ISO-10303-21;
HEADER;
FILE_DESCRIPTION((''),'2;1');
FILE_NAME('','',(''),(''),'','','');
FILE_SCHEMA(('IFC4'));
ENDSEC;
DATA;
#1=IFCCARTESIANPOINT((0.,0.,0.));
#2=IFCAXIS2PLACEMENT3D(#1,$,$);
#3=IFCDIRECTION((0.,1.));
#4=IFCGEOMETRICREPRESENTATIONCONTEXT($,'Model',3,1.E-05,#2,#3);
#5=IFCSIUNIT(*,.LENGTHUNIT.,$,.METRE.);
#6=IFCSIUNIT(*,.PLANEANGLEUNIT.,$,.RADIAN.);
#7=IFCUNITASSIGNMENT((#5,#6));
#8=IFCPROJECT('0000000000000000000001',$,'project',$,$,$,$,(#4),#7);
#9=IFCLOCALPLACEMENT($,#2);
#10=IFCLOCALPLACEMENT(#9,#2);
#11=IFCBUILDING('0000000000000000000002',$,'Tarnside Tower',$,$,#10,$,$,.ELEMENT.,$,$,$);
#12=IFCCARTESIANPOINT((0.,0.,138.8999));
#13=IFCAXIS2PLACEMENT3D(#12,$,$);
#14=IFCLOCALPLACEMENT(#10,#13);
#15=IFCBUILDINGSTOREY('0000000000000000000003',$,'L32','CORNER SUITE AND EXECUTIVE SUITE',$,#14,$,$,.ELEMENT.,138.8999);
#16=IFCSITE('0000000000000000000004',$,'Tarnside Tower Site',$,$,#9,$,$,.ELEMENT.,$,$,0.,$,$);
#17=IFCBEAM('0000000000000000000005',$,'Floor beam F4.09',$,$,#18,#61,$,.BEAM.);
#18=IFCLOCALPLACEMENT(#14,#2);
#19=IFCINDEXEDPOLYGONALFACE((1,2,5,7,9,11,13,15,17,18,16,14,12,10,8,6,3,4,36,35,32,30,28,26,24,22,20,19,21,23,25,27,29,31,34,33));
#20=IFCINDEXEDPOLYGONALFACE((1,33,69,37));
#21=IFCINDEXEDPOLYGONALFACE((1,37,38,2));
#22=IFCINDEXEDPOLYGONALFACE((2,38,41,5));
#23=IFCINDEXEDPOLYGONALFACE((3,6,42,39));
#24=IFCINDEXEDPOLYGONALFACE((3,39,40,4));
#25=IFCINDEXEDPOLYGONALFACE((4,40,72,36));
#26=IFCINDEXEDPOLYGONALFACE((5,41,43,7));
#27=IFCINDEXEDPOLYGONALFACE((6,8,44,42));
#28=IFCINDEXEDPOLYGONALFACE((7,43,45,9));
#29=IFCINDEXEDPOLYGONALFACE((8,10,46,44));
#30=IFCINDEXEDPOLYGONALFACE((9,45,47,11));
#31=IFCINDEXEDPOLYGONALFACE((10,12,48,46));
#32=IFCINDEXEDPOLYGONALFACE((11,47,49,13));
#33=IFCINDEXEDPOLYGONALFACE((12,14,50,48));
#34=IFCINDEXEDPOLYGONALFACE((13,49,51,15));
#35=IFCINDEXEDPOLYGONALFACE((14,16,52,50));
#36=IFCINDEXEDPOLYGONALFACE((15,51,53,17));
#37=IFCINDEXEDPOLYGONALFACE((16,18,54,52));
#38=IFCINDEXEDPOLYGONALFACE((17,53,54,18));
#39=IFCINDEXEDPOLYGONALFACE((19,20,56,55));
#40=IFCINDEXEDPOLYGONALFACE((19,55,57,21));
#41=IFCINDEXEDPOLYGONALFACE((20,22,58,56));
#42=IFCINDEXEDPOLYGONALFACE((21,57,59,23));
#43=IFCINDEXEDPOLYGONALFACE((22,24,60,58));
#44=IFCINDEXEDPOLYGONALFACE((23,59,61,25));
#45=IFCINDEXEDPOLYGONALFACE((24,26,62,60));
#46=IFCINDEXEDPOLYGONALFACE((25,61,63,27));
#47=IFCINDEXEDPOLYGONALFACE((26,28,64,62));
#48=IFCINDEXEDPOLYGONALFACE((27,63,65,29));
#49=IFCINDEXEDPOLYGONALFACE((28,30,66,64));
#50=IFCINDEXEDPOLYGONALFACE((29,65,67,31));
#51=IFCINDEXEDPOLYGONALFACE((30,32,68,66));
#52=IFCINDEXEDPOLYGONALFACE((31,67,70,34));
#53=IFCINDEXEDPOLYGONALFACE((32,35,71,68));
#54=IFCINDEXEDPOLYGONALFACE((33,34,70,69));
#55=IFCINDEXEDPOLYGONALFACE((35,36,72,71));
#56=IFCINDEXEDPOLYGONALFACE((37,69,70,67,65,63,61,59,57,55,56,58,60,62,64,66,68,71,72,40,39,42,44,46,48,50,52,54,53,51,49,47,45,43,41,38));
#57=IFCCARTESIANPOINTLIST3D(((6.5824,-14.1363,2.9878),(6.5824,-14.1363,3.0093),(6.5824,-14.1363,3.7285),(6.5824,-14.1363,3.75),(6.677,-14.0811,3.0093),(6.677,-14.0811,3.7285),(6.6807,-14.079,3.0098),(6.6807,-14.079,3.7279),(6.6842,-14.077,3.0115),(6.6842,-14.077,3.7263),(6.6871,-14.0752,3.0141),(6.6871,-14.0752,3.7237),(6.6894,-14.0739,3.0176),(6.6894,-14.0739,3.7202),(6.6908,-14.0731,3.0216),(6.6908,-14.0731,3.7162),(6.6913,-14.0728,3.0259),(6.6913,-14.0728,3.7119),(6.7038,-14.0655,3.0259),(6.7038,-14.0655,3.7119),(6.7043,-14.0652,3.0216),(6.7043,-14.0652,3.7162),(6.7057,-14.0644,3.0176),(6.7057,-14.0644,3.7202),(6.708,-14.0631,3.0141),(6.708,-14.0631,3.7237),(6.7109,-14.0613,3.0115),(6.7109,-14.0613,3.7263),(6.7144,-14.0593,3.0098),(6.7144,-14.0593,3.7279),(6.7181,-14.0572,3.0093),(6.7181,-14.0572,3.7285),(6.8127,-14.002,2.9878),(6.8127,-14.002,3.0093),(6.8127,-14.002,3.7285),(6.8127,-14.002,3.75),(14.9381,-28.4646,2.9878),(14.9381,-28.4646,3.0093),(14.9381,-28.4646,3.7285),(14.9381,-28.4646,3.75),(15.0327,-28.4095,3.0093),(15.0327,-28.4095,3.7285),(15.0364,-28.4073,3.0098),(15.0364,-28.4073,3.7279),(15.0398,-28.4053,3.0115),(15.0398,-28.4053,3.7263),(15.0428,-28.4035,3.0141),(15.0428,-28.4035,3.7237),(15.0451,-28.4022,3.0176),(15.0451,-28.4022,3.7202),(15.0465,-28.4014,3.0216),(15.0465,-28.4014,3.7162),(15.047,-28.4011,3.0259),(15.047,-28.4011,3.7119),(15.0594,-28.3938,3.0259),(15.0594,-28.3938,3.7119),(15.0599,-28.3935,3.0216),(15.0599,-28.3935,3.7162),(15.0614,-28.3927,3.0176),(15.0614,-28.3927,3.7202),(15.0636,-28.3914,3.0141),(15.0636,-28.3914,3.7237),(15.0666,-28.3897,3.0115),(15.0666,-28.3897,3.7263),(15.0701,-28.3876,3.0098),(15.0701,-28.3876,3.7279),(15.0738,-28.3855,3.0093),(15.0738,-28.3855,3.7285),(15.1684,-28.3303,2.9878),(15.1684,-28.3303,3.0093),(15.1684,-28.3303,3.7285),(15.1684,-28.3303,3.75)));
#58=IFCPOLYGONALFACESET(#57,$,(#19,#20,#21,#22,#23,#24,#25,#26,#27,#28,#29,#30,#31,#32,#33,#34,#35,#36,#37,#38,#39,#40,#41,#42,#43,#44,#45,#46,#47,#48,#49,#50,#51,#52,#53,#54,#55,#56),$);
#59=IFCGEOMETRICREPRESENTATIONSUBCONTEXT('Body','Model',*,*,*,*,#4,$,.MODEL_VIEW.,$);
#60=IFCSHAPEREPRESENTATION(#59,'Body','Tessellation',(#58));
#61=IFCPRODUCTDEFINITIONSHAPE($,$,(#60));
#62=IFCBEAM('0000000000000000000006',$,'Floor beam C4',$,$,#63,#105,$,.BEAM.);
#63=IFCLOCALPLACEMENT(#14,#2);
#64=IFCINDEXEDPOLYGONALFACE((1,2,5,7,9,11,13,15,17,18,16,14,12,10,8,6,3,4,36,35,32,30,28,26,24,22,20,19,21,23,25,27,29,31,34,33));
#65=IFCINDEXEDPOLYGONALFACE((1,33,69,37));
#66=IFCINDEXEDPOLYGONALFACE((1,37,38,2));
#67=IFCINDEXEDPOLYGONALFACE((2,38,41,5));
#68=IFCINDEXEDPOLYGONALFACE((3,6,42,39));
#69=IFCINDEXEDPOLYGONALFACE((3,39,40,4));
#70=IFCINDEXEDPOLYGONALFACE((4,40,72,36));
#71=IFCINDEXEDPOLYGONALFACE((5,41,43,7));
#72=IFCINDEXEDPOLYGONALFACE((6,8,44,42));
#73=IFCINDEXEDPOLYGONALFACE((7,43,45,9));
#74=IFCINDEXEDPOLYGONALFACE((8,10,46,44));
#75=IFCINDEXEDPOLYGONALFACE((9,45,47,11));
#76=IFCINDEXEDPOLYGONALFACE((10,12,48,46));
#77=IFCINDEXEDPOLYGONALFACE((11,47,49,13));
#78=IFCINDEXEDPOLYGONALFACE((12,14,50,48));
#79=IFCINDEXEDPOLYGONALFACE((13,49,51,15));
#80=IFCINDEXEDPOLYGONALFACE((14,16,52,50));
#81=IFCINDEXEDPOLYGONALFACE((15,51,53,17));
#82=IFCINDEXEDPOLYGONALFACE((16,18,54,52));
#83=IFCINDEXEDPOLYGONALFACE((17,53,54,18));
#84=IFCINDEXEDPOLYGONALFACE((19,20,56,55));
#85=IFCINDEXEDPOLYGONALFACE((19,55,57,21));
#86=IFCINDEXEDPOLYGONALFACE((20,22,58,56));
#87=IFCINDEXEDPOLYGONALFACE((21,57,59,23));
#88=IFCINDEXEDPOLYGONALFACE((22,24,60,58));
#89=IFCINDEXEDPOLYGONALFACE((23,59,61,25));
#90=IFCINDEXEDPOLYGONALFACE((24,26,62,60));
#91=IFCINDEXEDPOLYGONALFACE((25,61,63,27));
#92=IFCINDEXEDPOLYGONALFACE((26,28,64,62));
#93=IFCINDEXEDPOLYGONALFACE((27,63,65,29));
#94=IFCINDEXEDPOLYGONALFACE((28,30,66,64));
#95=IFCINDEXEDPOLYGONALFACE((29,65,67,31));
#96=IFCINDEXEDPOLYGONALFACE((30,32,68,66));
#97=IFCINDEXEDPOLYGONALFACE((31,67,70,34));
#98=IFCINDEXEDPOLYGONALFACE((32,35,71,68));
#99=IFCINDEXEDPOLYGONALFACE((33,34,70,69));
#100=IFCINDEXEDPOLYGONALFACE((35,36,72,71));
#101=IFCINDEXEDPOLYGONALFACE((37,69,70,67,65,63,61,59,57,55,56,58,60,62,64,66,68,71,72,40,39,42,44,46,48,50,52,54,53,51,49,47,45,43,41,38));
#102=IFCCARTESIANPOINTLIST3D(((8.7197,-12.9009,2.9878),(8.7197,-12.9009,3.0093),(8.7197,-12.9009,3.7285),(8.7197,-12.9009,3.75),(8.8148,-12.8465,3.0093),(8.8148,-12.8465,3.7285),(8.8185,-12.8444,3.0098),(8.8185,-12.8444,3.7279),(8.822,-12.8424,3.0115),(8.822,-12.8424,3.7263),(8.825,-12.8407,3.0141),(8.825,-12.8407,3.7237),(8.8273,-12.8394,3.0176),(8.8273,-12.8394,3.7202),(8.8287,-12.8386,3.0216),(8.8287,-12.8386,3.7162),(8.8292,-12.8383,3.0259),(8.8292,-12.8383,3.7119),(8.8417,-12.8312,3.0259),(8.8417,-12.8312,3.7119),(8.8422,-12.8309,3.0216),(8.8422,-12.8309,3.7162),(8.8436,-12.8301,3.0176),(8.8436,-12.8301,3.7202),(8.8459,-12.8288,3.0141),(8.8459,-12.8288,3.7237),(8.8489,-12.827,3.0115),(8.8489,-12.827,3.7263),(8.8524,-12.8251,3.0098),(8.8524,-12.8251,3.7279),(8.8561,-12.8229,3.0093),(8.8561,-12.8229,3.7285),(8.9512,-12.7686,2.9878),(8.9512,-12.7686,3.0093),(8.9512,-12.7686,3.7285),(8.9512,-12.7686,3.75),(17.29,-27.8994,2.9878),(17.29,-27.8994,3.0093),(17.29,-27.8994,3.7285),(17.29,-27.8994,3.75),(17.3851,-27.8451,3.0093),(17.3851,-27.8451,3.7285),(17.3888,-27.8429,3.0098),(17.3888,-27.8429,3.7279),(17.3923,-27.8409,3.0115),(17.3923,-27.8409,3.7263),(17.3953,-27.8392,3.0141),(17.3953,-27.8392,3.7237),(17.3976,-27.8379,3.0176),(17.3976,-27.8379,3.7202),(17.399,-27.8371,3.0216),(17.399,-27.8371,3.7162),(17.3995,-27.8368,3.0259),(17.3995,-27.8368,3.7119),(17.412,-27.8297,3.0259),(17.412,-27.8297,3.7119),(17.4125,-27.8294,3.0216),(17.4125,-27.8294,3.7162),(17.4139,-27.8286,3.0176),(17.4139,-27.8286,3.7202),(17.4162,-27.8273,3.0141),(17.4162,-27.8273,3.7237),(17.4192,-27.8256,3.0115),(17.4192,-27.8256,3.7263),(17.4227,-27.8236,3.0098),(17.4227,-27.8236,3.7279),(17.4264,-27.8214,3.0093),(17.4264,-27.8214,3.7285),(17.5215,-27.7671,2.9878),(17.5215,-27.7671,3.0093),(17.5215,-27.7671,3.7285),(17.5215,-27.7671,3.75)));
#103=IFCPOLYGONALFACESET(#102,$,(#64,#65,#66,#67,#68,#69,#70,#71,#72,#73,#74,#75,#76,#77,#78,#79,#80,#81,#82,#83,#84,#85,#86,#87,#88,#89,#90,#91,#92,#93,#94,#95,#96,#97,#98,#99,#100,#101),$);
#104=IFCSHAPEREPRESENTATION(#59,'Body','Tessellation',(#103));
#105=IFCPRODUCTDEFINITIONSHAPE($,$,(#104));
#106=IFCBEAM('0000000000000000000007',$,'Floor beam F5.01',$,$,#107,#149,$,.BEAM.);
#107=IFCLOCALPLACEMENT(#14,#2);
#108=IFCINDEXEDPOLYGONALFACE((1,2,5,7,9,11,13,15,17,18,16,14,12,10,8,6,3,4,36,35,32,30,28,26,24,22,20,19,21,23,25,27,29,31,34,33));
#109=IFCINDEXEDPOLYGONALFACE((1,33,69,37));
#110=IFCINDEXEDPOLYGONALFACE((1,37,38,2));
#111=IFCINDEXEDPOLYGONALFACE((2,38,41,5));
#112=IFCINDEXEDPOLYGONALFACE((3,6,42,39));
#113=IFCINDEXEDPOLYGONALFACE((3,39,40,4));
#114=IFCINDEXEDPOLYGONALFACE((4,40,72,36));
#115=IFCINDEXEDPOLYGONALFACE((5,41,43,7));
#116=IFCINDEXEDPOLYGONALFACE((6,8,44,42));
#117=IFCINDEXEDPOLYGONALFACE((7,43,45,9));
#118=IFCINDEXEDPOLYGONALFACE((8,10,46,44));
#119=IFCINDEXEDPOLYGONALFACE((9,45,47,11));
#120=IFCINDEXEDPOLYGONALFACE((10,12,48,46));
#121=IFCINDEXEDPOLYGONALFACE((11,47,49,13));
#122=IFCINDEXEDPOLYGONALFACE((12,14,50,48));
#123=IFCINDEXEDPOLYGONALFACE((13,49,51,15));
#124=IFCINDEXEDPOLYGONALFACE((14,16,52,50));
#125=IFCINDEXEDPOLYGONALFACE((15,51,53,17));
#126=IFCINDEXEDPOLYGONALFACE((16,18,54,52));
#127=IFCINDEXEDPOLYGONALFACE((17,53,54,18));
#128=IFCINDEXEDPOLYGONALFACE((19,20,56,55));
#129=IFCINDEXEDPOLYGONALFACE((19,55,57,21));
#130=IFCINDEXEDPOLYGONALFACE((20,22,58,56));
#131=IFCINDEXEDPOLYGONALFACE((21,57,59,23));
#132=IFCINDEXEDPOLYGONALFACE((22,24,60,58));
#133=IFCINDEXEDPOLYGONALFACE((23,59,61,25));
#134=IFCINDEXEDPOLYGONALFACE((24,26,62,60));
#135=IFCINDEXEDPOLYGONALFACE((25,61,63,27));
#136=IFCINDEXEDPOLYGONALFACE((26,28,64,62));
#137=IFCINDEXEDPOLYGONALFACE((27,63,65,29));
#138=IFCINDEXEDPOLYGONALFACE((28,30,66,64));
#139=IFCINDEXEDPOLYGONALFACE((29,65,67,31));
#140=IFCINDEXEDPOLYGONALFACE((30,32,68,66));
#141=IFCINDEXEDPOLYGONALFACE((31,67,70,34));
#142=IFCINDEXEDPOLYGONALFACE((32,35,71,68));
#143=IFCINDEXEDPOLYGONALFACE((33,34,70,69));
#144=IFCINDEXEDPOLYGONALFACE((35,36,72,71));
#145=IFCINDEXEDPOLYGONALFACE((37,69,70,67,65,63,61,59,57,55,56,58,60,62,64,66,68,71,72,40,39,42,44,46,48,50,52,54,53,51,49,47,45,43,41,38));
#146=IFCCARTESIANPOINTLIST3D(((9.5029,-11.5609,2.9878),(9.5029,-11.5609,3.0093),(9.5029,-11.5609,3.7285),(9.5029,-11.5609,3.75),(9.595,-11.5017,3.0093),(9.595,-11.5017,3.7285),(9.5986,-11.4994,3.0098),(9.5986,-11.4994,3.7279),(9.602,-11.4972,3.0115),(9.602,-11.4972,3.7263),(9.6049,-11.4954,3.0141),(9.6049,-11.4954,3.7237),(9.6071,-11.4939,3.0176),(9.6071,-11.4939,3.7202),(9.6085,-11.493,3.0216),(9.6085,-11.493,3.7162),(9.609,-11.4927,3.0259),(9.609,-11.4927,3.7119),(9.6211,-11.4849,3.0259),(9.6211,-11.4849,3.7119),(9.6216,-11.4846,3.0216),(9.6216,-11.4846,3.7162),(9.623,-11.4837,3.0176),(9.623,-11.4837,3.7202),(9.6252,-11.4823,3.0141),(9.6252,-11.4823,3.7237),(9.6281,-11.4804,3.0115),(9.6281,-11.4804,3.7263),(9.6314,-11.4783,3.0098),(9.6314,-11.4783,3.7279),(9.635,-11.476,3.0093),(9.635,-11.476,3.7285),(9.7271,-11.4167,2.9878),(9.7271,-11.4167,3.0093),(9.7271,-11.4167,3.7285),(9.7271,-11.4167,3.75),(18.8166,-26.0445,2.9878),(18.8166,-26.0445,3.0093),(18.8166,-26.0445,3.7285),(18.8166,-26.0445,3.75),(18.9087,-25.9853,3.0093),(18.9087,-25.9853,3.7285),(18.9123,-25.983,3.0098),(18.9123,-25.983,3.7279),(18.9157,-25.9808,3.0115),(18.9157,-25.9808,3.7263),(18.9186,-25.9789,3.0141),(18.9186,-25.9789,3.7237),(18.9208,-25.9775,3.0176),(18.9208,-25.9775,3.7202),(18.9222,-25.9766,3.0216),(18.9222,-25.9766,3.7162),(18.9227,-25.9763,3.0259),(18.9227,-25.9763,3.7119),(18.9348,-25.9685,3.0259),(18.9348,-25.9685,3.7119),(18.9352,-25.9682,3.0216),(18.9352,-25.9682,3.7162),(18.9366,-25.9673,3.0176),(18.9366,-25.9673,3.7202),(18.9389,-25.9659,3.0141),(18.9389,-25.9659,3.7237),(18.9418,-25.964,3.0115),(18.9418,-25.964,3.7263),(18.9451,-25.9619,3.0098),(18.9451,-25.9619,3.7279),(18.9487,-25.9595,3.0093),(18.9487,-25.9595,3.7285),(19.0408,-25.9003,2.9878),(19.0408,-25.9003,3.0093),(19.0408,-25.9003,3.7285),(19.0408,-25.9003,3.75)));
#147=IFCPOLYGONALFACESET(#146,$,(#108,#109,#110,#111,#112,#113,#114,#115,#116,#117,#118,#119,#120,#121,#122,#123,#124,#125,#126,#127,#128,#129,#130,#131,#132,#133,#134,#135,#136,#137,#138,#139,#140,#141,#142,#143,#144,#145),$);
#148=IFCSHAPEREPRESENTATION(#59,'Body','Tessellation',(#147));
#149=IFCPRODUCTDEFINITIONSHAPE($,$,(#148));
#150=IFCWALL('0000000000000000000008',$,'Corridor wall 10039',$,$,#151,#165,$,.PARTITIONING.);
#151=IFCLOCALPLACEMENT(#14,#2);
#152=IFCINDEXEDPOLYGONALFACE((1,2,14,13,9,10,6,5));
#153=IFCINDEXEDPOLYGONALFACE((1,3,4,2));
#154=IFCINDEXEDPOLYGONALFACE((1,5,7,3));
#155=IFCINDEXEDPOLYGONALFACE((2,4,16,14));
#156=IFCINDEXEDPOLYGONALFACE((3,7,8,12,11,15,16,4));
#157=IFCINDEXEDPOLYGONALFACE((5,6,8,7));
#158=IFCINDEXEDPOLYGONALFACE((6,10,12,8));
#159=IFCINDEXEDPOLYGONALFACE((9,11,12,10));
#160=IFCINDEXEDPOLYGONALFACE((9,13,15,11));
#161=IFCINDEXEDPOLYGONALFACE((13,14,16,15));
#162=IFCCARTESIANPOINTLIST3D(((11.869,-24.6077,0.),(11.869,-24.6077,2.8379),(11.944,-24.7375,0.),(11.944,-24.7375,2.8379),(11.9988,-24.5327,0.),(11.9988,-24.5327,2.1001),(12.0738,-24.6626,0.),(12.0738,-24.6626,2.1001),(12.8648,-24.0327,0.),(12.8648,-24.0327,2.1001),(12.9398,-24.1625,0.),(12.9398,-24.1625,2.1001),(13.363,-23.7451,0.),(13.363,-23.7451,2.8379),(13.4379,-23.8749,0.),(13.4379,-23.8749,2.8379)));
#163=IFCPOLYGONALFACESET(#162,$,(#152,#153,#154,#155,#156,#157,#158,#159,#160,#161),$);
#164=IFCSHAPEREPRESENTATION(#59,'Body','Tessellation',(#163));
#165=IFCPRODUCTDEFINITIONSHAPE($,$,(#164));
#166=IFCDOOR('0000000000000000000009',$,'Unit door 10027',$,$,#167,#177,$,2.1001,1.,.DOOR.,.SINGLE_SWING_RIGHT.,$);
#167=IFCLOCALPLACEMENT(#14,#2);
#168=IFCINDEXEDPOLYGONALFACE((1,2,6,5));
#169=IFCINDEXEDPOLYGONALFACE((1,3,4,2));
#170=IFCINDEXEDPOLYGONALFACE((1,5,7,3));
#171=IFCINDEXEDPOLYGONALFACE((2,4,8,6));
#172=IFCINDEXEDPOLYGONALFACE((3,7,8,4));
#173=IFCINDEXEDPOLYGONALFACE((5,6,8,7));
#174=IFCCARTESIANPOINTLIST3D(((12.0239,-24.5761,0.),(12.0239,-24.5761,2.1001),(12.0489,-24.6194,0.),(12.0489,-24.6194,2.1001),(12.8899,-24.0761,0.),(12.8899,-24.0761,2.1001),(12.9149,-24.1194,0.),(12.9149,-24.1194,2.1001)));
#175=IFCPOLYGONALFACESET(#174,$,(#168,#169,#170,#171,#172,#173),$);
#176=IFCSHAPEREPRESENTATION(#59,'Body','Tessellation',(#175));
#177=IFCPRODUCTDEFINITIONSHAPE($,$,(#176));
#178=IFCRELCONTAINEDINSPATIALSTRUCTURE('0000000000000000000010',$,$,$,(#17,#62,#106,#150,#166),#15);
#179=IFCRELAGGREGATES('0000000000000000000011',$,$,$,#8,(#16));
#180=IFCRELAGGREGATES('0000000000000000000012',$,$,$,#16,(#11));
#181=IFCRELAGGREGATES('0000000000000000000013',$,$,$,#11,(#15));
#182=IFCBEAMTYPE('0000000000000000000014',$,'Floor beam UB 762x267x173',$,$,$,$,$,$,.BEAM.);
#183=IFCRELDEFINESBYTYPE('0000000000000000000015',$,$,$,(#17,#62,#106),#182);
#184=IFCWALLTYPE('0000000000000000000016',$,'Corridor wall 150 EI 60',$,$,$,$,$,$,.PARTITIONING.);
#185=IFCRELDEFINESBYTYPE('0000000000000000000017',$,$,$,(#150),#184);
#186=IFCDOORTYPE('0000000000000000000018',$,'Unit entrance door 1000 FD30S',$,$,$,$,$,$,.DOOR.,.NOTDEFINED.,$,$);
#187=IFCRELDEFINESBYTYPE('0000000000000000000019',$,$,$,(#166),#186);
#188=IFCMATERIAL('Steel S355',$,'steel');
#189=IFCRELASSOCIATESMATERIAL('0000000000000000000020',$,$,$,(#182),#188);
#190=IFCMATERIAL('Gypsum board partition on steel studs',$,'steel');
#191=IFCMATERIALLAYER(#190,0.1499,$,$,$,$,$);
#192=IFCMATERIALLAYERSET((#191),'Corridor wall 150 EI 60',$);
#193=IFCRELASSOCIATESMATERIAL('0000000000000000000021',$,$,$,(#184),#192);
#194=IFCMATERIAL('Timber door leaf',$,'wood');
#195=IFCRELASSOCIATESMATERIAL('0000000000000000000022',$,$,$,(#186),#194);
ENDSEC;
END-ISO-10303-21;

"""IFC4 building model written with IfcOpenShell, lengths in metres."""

from ifc_helpers import new_model, si_unit, direction, frame, frame_2d, origin, origin_2d, place, context, subcontext, project, spatial, rectangle, i_section, extrude, material, layer, layer_set, material_profile, profile_set, type_object, element, fill, save


model = new_model("IFC4")

# Units and contexts
model_context = context("Model", 3, precision=1e-05, world=origin(), true_north=direction((0.0, 1.0)))
body_context = subcontext(model_context, "Body", "Model", "MODEL_VIEW")
ifc_project = project(units=[si_unit("LENGTHUNIT", "METRE"), si_unit("PLANEANGLEUNIT", "RADIAN")], contexts=[model_context])

# Site, building, storey
site_placement = place(None, origin())
site = spatial("IfcSite", under=ifc_project, at=site_placement, Name="Tarnside Tower Site", CompositionType="ELEMENT", RefElevation=0.0)
building_placement = place(site_placement, origin())
building = spatial("IfcBuilding", under=site, at=building_placement, Name="Tarnside Tower", CompositionType="ELEMENT")
storey_placement = place(building_placement, frame((0.0, 0.0, 138.8999)))
storey = spatial("IfcBuildingStorey", under=building, at=storey_placement, Name="L32", Description="CORNER SUITE AND EXECUTIVE SUITE", CompositionType="ELEMENT", Elevation=138.8999)

# Beams
ifc_material_1 = material(Name="Steel S355", Category="steel")
ifc_material_profile = material_profile(ifc_material_1, i_section(OverallWidth=0.2666, OverallDepth=0.7622, WebThickness=0.0144, FlangeThickness=0.0215, FilletRadius=0.0166, at=origin_2d()), Name="UB 762x267x173")
ifc_profile_set = profile_set([ifc_material_profile], Name="Steel S355")
beam_type = type_object("IfcBeamType", Name="Floor beam UB 762x267x173", PredefinedType="BEAM", material=ifc_profile_set)
beam_1_placement = place(storey_placement, frame((15.0532, -28.3975, 3.3689), z_axis=(-0.503758, 0.863845, 0.0), x_axis=(-0.863845, -0.503758, 0.0)))
element("IfcBeam", 1, at=beam_1_placement, inside=storey, type_object=beam_type, Name="Floor beam F4.09", PredefinedType="BEAM", context=body_context, shape_type="SweptSolid", body=[
    extrude(i_section(OverallWidth=0.2666, OverallDepth=0.7622, WebThickness=0.0144, FlangeThickness=0.0215, FilletRadius=0.0166, at=origin_2d()), origin(), (0.0, 0.0, 1.0), 16.5867),
])
beam_2_placement = place(storey_placement, frame((17.4058, -27.8333, 3.3689), z_axis=(-0.496127, 0.86825, 0.0), x_axis=(-0.86825, -0.496127, 0.0)))
element("IfcBeam", 2, at=beam_2_placement, inside=storey, type_object=beam_type, Name="Floor beam C4", PredefinedType="BEAM", context=body_context, shape_type="SweptSolid", body=[
    extrude(i_section(OverallWidth=0.2666, OverallDepth=0.7622, WebThickness=0.0144, FlangeThickness=0.0215, FilletRadius=0.0166, at=origin_2d()), origin(), (0.0, 0.0, 1.0), 17.2744),
])
beam_3_placement = place(storey_placement, frame((18.9287, -25.9724, 3.3689), z_axis=(-0.540873, 0.841104, 0.0), x_axis=(-0.841104, -0.540873, 0.0)))
element("IfcBeam", 3, at=beam_3_placement, inside=storey, type_object=beam_type, Name="Floor beam F5.01", PredefinedType="BEAM", context=body_context, shape_type="SweptSolid", body=[
    extrude(i_section(OverallWidth=0.2666, OverallDepth=0.7622, WebThickness=0.0144, FlangeThickness=0.0215, FilletRadius=0.0166, at=origin_2d()), origin(), (0.0, 0.0, 1.0), 17.2197),
])

# Wall, opening, door
ifc_material_2 = material(Name="Gypsum board partition on steel studs", Category="steel")
ifc_layer_1 = layer(ifc_material_2, 0.1499)
ifc_layer_set_1 = layer_set([ifc_layer_1], Name="Corridor wall 150 EI 60")
wall_type_1 = type_object("IfcWallType", Name="Corridor wall 150 EI 60", PredefinedType="PARTITIONING", material=ifc_layer_set_1)
wall_1_placement = place(storey_placement, frame((11.9065, -24.6726, 0.0), z_axis=(0.0, 0.0, 1.0), x_axis=(0.866014, 0.500021, 0.0)))
wall_1 = element("IfcWall", 4, at=wall_1_placement, inside=storey, type_object=wall_type_1, Name="Corridor wall 10039", PredefinedType="PARTITIONING", context=body_context, shape_type="SweptSolid", body=[
    extrude(rectangle(XDim=1.7251, YDim=0.1499, at=frame_2d((0.8625, 0.0))), origin(), (0.0, 0.0, 1.0), 2.8379),
])
opening_1_placement = place(wall_1_placement, frame((0.1499, 0.0, 0.0)))
opening_1 = element("IfcOpeningElement", 5, at=opening_1_placement, cuts=wall_1, PredefinedType="OPENING", context=body_context, shape_type="SweptSolid", body=[
    extrude(rectangle(XDim=1.0, YDim=2.1001, at=frame_2d((0.5, 1.05))), frame((0.0, 0.085, 0.0), z_axis=(0.0, -1.0, 0.0), x_axis=(1.0, 0.0, 0.0)), (0.0, 0.0, 1.0), 0.1699),
])
ifc_material_3 = material(Name="Timber door leaf", Category="wood")
door_type = type_object("IfcDoorType", Name="Unit entrance door 1000 FD30S", OperationType="NOTDEFINED", PredefinedType="DOOR", material=ifc_material_3)
door_placement = place(opening_1_placement, origin())
door = element("IfcDoor", 6, at=door_placement, inside=storey, type_object=door_type, Name="Unit door 10027", OperationType="SINGLE_SWING_RIGHT", OverallHeight=2.1001, OverallWidth=1.0, PredefinedType="DOOR", context=body_context, shape_type="SweptSolid", body=[
    extrude(rectangle(XDim=1.0, YDim=2.1001, at=frame_2d((0.5, 1.05))), frame((0.0, 0.0249, 0.0), z_axis=(0.0, -1.0, 0.0), x_axis=(1.0, 0.0, 0.0)), (0.0, 0.0, 1.0), 0.05),
])
fill(opening_1, door)

save(model, "model.ifc")
